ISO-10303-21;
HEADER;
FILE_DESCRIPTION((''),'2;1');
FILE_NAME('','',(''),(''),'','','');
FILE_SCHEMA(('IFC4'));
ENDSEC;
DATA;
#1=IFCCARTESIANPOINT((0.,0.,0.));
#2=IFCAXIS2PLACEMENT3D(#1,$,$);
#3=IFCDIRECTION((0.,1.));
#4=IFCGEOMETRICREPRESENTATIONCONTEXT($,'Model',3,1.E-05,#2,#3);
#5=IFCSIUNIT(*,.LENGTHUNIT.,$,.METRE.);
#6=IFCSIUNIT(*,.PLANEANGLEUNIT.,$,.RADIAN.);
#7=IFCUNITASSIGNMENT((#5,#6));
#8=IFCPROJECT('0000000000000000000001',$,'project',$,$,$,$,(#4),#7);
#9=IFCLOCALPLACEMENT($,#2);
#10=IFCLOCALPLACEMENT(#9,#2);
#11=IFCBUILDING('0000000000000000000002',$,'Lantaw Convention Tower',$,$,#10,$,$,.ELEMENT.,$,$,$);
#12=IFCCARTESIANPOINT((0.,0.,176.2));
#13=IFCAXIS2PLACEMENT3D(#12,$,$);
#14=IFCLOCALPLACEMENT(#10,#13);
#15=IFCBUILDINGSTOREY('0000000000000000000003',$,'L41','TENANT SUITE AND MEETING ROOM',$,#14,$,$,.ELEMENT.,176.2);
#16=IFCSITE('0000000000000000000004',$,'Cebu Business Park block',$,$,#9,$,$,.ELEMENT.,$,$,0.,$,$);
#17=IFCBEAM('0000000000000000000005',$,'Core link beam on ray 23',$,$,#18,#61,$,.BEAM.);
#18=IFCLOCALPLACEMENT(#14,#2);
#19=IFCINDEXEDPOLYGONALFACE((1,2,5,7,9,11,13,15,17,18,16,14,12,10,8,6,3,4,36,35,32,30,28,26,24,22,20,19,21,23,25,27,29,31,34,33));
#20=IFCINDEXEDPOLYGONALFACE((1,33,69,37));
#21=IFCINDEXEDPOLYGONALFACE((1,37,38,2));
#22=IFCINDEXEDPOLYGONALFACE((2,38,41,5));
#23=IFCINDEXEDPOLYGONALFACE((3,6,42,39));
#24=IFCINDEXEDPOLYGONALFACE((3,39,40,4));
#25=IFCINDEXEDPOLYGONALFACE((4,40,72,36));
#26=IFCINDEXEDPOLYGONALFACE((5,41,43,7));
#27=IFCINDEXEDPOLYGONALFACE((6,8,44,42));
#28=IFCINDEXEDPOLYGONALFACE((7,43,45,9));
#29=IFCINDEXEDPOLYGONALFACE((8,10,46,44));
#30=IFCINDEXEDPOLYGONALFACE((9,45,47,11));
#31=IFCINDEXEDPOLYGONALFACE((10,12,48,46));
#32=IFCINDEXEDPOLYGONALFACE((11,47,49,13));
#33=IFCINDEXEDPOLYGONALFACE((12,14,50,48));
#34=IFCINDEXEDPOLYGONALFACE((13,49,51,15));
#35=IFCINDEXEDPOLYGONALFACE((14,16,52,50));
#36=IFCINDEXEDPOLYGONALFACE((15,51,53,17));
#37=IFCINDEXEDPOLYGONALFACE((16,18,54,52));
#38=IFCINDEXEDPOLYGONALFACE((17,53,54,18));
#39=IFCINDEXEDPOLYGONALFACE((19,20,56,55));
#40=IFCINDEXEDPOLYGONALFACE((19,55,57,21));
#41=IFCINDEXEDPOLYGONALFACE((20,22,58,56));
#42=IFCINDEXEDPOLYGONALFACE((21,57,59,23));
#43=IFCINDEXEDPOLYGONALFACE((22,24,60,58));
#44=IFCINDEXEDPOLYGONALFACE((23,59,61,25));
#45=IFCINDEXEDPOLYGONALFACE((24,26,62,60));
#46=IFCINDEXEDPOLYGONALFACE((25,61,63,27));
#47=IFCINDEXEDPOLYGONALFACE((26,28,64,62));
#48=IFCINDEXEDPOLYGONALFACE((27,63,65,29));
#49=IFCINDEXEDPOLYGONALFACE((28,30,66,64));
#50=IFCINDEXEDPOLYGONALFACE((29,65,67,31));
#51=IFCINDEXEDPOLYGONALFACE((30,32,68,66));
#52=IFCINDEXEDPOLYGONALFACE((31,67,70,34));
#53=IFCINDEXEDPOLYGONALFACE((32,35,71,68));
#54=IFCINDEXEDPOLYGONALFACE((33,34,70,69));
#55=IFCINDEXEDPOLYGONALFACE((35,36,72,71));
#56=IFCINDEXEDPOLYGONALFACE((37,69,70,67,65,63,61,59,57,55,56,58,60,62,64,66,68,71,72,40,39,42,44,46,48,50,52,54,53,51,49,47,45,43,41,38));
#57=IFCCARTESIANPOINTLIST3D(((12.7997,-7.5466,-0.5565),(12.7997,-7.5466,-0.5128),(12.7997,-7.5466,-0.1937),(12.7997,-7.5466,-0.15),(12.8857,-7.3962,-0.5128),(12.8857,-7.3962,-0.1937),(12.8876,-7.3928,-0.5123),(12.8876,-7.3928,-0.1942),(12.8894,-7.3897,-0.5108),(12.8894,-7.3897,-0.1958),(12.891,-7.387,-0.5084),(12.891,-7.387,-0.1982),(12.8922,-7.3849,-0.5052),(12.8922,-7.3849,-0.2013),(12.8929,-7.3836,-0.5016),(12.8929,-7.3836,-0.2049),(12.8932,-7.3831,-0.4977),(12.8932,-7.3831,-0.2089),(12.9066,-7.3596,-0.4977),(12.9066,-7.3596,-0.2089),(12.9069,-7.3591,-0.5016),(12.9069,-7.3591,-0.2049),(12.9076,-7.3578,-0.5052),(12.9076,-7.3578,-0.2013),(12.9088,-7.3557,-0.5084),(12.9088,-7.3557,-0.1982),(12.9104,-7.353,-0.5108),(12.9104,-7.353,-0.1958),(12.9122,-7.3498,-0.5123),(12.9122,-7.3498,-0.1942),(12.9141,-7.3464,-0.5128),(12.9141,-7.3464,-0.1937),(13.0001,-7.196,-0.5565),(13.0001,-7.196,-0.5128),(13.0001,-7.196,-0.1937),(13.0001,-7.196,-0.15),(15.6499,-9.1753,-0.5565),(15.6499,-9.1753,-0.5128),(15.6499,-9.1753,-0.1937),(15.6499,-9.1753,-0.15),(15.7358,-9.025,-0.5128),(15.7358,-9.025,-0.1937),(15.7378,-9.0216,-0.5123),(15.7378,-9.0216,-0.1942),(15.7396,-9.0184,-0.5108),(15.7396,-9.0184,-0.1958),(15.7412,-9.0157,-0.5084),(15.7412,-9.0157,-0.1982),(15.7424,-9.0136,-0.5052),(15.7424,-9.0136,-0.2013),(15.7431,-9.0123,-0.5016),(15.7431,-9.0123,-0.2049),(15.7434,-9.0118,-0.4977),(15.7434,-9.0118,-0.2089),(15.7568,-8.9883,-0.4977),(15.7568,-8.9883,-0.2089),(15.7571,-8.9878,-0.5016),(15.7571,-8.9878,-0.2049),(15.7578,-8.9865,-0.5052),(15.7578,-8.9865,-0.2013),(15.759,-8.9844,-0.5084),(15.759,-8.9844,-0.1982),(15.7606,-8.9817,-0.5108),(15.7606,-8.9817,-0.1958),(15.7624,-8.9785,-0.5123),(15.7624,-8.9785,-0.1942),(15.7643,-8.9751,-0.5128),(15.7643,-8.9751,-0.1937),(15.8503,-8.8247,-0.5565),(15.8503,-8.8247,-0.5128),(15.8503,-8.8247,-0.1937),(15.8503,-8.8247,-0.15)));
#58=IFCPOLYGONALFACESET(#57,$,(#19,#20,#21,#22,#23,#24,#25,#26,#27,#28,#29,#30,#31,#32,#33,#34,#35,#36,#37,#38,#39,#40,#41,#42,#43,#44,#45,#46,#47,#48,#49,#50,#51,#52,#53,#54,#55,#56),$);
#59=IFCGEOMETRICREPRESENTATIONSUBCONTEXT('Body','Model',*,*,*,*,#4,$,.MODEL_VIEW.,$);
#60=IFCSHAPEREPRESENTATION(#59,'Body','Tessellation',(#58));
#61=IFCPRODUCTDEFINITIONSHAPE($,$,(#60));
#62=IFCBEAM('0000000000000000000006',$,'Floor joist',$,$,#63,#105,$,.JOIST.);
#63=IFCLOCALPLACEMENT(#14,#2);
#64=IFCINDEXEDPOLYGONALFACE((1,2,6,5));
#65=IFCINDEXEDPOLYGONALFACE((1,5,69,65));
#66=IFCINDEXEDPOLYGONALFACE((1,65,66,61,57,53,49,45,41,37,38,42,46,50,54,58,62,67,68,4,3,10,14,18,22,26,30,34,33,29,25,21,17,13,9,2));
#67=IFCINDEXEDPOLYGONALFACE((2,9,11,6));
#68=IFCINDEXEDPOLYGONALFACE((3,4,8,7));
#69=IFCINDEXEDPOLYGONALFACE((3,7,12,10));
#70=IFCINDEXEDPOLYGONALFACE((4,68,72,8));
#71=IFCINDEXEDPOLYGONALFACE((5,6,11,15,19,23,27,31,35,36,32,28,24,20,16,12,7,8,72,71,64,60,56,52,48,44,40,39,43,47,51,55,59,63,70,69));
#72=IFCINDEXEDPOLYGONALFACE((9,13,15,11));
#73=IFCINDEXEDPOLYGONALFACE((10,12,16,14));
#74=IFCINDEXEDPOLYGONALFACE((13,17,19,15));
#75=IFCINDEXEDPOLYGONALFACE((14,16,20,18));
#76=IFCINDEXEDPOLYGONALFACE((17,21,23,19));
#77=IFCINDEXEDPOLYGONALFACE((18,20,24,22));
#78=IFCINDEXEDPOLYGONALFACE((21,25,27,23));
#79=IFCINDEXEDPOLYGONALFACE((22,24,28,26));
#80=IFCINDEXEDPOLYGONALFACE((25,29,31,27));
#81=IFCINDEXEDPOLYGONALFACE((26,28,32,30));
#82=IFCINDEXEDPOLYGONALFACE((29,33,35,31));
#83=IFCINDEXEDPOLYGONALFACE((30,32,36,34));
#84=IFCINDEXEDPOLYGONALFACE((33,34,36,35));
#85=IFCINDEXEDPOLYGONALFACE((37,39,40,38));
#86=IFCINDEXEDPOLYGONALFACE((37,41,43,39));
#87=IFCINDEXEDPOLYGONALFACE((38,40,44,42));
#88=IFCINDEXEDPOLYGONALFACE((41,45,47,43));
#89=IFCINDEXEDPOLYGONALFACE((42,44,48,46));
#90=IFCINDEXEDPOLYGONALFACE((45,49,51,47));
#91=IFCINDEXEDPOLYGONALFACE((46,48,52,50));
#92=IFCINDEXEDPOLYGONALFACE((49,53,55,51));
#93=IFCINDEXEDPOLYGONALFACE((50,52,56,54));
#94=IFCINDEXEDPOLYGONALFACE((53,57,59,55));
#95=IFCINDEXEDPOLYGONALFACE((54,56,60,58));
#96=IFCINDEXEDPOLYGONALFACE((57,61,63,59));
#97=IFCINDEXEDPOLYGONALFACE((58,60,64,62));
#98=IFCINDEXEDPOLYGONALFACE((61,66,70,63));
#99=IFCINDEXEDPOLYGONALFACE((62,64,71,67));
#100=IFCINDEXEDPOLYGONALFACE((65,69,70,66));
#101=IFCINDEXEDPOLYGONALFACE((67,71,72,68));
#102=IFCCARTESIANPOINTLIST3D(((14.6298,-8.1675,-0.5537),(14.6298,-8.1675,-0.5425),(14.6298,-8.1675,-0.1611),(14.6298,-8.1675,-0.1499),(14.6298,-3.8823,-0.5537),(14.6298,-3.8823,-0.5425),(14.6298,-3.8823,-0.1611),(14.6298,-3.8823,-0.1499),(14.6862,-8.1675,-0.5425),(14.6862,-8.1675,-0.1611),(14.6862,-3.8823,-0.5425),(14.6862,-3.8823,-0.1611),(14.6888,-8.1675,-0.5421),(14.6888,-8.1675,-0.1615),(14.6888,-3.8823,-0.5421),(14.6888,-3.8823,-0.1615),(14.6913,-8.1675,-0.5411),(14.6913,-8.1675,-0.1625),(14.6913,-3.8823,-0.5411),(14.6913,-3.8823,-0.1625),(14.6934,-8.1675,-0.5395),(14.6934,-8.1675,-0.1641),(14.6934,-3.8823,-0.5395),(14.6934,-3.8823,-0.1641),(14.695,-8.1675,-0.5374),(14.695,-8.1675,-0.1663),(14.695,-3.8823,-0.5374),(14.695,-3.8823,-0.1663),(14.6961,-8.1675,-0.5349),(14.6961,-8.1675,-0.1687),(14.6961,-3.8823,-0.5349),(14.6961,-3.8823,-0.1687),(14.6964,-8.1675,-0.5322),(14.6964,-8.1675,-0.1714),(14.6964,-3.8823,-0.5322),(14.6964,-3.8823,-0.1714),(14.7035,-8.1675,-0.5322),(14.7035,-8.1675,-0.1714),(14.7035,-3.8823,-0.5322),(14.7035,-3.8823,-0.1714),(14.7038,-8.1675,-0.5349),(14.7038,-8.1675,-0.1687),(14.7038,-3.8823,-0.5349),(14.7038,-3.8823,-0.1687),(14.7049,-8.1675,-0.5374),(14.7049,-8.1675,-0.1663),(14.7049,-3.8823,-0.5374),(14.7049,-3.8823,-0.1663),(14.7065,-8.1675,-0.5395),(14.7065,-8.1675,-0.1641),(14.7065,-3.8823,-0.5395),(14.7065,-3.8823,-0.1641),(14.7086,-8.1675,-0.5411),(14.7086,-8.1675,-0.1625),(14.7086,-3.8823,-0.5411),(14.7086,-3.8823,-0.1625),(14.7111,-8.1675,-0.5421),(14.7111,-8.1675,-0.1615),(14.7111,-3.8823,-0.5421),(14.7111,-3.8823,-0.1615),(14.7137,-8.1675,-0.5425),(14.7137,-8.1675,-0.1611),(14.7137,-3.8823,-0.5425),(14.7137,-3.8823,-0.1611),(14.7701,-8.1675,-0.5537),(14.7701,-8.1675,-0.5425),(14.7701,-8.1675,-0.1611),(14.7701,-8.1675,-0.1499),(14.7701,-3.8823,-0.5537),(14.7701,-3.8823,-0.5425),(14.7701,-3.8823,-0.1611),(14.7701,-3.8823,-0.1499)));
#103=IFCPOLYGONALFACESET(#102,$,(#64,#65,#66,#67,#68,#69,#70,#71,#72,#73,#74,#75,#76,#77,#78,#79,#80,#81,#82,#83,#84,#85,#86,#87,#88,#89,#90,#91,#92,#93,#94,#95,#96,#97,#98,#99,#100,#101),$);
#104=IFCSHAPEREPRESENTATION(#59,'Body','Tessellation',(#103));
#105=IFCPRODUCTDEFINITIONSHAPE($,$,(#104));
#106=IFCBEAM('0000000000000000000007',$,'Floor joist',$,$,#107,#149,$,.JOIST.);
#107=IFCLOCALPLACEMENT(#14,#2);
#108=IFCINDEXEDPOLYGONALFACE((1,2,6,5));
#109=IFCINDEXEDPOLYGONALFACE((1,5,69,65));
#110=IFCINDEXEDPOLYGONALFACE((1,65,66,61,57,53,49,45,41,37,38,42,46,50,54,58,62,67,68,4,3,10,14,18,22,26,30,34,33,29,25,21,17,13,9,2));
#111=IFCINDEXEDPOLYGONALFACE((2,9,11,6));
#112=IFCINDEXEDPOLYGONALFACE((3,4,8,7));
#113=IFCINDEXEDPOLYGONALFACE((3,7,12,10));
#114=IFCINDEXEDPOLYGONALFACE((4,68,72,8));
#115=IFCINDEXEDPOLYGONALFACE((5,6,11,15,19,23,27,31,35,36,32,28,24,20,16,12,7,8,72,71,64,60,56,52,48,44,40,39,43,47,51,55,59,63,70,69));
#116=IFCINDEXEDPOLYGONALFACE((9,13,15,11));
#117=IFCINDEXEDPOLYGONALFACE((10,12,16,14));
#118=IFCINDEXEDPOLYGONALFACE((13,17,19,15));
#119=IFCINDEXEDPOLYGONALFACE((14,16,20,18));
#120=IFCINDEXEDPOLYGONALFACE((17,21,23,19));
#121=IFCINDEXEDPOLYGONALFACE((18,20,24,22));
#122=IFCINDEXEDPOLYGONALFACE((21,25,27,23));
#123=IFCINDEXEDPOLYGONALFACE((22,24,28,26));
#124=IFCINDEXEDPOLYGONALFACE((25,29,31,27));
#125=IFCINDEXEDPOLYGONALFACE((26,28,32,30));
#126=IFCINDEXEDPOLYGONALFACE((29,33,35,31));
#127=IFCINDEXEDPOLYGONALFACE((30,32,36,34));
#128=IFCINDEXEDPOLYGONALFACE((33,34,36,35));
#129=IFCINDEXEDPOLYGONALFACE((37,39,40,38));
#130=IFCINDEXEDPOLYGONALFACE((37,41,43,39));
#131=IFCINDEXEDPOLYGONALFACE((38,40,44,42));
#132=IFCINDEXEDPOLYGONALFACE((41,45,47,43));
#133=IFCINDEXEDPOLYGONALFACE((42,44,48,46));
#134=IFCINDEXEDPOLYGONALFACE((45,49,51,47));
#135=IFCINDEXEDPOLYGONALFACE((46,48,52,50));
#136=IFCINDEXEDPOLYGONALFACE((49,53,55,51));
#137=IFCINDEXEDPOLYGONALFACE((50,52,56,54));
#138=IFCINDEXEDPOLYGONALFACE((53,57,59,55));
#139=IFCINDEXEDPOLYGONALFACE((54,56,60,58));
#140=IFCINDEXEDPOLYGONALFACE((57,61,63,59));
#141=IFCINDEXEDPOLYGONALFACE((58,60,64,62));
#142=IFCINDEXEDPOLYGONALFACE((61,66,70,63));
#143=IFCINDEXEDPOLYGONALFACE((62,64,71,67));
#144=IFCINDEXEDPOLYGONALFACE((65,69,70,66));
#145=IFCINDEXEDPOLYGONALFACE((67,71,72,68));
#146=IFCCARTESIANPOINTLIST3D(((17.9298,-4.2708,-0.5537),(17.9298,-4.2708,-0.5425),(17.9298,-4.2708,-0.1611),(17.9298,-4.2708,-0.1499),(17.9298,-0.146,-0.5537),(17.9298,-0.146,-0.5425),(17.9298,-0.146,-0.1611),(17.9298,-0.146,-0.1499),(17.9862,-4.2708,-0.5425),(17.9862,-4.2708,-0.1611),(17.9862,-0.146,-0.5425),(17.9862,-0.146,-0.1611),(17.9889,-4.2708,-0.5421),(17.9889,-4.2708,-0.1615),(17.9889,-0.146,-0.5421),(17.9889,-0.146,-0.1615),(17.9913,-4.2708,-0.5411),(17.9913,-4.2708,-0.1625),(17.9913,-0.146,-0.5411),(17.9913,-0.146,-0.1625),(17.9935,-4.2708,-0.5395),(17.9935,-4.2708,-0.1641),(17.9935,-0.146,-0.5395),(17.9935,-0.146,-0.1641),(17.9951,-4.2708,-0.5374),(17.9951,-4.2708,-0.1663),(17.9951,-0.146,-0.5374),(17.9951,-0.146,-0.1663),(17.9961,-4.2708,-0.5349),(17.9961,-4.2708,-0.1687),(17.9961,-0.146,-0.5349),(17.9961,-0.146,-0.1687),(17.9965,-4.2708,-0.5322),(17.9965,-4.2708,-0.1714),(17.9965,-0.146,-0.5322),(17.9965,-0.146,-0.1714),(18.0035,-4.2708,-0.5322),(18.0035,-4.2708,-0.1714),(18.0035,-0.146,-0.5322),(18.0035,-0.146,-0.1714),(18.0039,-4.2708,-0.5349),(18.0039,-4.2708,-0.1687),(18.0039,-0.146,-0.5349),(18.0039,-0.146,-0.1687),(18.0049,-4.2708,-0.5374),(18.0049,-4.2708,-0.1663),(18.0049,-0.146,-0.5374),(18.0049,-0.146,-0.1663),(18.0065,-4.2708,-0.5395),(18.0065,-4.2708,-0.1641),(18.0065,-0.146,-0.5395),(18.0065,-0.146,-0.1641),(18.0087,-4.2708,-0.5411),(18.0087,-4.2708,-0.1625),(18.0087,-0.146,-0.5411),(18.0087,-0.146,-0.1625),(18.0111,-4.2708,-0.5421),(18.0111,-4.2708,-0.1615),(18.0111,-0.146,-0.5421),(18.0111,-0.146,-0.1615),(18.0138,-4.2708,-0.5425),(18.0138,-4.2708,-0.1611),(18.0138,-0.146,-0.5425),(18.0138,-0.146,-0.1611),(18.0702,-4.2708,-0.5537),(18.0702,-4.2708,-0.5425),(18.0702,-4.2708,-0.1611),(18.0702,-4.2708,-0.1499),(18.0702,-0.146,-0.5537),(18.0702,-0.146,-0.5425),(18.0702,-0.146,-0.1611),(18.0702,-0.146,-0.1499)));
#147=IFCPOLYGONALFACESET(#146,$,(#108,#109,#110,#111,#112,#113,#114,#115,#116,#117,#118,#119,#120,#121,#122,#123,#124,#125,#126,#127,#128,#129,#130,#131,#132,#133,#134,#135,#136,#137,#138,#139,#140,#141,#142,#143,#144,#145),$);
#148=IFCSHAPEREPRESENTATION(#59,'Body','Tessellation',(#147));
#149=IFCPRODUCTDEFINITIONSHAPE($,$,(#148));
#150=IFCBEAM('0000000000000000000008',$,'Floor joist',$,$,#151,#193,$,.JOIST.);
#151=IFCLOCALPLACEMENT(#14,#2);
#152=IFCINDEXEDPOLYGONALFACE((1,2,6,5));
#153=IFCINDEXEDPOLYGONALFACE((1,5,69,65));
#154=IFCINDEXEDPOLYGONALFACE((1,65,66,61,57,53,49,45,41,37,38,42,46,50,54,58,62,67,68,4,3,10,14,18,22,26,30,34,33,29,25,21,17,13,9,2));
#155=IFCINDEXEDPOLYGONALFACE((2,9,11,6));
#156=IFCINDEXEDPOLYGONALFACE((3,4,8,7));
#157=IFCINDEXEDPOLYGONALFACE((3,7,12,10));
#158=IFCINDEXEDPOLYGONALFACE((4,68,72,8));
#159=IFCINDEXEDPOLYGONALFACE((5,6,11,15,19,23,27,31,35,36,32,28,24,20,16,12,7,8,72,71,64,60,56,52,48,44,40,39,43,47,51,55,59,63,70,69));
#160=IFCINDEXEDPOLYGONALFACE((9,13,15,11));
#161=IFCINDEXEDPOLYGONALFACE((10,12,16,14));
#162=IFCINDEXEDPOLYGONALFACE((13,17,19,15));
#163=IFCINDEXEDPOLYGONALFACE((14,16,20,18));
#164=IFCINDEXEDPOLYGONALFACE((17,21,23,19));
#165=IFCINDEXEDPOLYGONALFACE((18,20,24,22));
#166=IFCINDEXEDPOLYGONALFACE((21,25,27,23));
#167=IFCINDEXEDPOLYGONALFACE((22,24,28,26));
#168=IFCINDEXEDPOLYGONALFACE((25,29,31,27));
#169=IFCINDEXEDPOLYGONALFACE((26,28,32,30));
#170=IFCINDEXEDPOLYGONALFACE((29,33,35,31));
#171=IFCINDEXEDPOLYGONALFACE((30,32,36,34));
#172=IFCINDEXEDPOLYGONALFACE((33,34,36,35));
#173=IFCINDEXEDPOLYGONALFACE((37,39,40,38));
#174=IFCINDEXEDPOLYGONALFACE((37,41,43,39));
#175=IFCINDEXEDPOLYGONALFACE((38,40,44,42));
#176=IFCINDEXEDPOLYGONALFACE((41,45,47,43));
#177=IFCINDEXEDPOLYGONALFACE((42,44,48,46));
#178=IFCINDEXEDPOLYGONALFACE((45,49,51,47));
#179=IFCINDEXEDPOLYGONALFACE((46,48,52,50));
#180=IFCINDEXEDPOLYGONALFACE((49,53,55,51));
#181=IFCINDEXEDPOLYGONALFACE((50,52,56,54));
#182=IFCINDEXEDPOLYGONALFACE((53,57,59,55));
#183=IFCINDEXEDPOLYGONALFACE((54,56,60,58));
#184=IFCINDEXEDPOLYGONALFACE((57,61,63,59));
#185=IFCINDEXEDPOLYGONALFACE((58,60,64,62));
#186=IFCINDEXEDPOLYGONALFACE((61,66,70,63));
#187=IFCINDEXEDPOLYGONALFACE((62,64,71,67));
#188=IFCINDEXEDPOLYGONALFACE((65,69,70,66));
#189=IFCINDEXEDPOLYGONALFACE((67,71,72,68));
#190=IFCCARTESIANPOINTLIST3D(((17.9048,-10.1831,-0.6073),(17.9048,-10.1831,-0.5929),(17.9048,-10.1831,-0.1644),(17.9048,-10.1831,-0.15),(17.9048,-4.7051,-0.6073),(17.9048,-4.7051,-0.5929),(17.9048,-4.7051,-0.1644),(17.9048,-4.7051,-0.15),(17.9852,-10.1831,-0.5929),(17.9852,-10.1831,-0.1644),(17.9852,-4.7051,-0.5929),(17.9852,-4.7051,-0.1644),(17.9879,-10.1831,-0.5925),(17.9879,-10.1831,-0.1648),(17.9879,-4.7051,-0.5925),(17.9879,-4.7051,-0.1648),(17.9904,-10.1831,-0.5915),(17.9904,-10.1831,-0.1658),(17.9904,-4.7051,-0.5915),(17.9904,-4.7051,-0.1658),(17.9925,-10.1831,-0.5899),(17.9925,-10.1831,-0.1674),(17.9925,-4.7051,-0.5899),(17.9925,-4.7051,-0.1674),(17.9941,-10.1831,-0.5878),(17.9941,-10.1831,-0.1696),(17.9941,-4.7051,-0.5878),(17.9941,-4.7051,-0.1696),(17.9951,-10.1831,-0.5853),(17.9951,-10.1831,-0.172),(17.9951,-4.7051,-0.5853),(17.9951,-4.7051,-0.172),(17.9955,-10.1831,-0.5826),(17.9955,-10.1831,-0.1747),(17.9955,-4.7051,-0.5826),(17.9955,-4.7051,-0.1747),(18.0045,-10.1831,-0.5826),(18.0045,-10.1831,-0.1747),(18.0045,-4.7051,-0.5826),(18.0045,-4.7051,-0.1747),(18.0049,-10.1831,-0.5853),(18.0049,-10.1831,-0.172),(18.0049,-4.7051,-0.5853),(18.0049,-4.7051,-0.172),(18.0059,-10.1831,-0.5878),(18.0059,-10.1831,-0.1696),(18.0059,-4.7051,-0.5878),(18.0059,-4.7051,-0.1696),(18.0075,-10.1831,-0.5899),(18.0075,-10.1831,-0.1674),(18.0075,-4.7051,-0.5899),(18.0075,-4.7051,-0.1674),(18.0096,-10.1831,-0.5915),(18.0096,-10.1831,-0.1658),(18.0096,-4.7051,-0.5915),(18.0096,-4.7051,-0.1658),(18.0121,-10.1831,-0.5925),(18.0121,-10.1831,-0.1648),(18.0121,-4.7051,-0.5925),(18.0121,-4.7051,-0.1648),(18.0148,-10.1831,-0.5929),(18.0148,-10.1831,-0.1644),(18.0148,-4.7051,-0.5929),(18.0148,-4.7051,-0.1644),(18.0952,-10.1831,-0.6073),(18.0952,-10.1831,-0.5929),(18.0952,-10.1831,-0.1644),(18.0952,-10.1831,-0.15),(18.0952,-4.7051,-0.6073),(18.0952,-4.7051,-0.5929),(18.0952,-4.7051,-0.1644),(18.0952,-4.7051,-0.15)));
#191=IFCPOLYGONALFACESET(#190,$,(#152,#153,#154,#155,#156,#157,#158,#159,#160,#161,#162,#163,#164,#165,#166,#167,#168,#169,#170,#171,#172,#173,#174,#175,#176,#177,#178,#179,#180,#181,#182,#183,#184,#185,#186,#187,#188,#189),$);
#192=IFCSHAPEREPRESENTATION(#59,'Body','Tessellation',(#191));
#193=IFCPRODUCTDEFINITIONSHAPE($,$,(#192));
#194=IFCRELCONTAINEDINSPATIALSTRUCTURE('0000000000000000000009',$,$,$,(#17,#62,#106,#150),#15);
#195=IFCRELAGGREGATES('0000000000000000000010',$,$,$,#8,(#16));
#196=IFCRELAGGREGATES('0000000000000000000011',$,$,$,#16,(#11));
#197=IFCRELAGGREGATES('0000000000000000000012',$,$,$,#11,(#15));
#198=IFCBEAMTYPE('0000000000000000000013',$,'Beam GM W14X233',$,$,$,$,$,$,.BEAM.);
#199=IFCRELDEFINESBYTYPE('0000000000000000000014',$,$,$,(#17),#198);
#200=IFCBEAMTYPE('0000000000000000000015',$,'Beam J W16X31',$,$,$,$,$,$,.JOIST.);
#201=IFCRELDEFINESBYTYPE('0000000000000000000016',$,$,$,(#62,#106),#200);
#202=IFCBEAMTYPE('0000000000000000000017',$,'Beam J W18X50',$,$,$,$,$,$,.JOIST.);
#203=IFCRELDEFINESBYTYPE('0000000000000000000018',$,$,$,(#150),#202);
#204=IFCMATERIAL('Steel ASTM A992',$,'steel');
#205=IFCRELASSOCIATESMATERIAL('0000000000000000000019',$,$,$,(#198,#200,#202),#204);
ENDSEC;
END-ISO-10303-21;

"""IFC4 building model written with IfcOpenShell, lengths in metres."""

from ifc_helpers import new_model, si_unit, direction, frame, origin, origin_2d, place, context, subcontext, project, spatial, i_section, extrude, material, material_profile, profile_set, type_object, element, save


model = new_model("IFC4")

# Units and contexts
model_context = context("Model", 3, precision=1e-05, world=origin(), true_north=direction((0.0, 1.0)))
body_context = subcontext(model_context, "Body", "Model", "MODEL_VIEW")
ifc_project = project(units=[si_unit("LENGTHUNIT", "METRE"), si_unit("PLANEANGLEUNIT", "RADIAN")], contexts=[model_context])

# Site, building, storey
site_placement = place(None, origin())
site = spatial("IfcSite", under=ifc_project, at=site_placement, Name="Cebu Business Park block", CompositionType="ELEMENT", RefElevation=0.0)
building_placement = place(site_placement, origin())
building = spatial("IfcBuilding", under=site, at=building_placement, Name="Lantaw Convention Tower", CompositionType="ELEMENT")
storey_placement = place(building_placement, frame((0.0, 0.0, 176.2)))
storey = spatial("IfcBuildingStorey", under=building, at=storey_placement, Name="L41", Description="TENANT SUITE AND MEETING ROOM", CompositionType="ELEMENT", Elevation=176.2)

# Beams
ifc_material_1 = material(Name="Steel ASTM A992", Category="steel")
ifc_material_profile_1 = material_profile(ifc_material_1, i_section(OverallWidth=0.4038, OverallDepth=0.4065, WebThickness=0.0271, FlangeThickness=0.0437, FilletRadius=0.0151, at=origin_2d()), Name="W14X233")
ifc_profile_set_1 = profile_set([ifc_material_profile_1], Name="Steel ASTM A992")
beam_type_1 = type_object("IfcBeamType", Name="Beam GM W14X233", PredefinedType="BEAM", material=ifc_profile_set_1)
beam_1_placement = place(storey_placement, frame((12.8999, -7.3713, -0.3533), z_axis=(0.868239, -0.496147, 0.0), x_axis=(0.496147, 0.868239, 0.0)))
element("IfcBeam", 1, at=beam_1_placement, inside=storey, type_object=beam_type_1, Name="Core link beam on ray 23", PredefinedType="BEAM", context=body_context, shape_type="SweptSolid", body=[
    extrude(i_section(OverallWidth=0.4038, OverallDepth=0.4065, WebThickness=0.0271, FlangeThickness=0.0437, FilletRadius=0.0151, at=origin_2d()), origin(), (0.0, 0.0, 1.0), 3.2827),
])
ifc_material_profile_2 = material_profile(ifc_material_1, i_section(OverallWidth=0.1404, OverallDepth=0.4038, WebThickness=0.0071, FlangeThickness=0.0112, FilletRadius=0.0103, at=origin_2d()), Name="W16X31")
ifc_profile_set_2 = profile_set([ifc_material_profile_2], Name="Steel ASTM A992")
beam_type_2 = type_object("IfcBeamType", Name="Beam J W16X31", PredefinedType="JOIST", material=ifc_profile_set_2)
beam_2_placement = place(storey_placement, frame((14.7, -8.1675, -0.3518), z_axis=(0.0, 1.0, 0.0), x_axis=(-1.0, 0.0, 0.0)))
element("IfcBeam", 2, at=beam_2_placement, inside=storey, type_object=beam_type_2, Name="Floor joist", PredefinedType="JOIST", context=body_context, shape_type="SweptSolid", body=[
    extrude(i_section(OverallWidth=0.1404, OverallDepth=0.4038, WebThickness=0.0071, FlangeThickness=0.0112, FilletRadius=0.0103, at=origin_2d()), origin(), (0.0, 0.0, 1.0), 4.2852),
])
beam_3_placement = place(storey_placement, frame((18.0, -4.2708, -0.3518), z_axis=(0.0, 1.0, 0.0), x_axis=(-1.0, 0.0, 0.0)))
element("IfcBeam", 3, at=beam_3_placement, inside=storey, type_object=beam_type_2, Name="Floor joist", PredefinedType="JOIST", context=body_context, shape_type="SweptSolid", body=[
    extrude(i_section(OverallWidth=0.1404, OverallDepth=0.4038, WebThickness=0.0071, FlangeThickness=0.0112, FilletRadius=0.0103, at=origin_2d()), origin(), (0.0, 0.0, 1.0), 4.1248),
])
ifc_material_profile_3 = material_profile(ifc_material_1, i_section(OverallWidth=0.1904, OverallDepth=0.4573, WebThickness=0.009, FlangeThickness=0.0144, FilletRadius=0.0103, at=origin_2d()), Name="W18X50")
ifc_profile_set_3 = profile_set([ifc_material_profile_3], Name="Steel ASTM A992")
beam_type_3 = type_object("IfcBeamType", Name="Beam J W18X50", PredefinedType="JOIST", material=ifc_profile_set_3)
beam_4_placement = place(storey_placement, frame((18.0, -10.1831, -0.3787), z_axis=(0.0, 1.0, 0.0), x_axis=(-1.0, 0.0, 0.0)))
element("IfcBeam", 4, at=beam_4_placement, inside=storey, type_object=beam_type_3, Name="Floor joist", PredefinedType="JOIST", context=body_context, shape_type="SweptSolid", body=[
    extrude(i_section(OverallWidth=0.1904, OverallDepth=0.4573, WebThickness=0.009, FlangeThickness=0.0144, FilletRadius=0.0103, at=origin_2d()), origin(), (0.0, 0.0, 1.0), 5.478),
])

save(model, "model.ifc")
